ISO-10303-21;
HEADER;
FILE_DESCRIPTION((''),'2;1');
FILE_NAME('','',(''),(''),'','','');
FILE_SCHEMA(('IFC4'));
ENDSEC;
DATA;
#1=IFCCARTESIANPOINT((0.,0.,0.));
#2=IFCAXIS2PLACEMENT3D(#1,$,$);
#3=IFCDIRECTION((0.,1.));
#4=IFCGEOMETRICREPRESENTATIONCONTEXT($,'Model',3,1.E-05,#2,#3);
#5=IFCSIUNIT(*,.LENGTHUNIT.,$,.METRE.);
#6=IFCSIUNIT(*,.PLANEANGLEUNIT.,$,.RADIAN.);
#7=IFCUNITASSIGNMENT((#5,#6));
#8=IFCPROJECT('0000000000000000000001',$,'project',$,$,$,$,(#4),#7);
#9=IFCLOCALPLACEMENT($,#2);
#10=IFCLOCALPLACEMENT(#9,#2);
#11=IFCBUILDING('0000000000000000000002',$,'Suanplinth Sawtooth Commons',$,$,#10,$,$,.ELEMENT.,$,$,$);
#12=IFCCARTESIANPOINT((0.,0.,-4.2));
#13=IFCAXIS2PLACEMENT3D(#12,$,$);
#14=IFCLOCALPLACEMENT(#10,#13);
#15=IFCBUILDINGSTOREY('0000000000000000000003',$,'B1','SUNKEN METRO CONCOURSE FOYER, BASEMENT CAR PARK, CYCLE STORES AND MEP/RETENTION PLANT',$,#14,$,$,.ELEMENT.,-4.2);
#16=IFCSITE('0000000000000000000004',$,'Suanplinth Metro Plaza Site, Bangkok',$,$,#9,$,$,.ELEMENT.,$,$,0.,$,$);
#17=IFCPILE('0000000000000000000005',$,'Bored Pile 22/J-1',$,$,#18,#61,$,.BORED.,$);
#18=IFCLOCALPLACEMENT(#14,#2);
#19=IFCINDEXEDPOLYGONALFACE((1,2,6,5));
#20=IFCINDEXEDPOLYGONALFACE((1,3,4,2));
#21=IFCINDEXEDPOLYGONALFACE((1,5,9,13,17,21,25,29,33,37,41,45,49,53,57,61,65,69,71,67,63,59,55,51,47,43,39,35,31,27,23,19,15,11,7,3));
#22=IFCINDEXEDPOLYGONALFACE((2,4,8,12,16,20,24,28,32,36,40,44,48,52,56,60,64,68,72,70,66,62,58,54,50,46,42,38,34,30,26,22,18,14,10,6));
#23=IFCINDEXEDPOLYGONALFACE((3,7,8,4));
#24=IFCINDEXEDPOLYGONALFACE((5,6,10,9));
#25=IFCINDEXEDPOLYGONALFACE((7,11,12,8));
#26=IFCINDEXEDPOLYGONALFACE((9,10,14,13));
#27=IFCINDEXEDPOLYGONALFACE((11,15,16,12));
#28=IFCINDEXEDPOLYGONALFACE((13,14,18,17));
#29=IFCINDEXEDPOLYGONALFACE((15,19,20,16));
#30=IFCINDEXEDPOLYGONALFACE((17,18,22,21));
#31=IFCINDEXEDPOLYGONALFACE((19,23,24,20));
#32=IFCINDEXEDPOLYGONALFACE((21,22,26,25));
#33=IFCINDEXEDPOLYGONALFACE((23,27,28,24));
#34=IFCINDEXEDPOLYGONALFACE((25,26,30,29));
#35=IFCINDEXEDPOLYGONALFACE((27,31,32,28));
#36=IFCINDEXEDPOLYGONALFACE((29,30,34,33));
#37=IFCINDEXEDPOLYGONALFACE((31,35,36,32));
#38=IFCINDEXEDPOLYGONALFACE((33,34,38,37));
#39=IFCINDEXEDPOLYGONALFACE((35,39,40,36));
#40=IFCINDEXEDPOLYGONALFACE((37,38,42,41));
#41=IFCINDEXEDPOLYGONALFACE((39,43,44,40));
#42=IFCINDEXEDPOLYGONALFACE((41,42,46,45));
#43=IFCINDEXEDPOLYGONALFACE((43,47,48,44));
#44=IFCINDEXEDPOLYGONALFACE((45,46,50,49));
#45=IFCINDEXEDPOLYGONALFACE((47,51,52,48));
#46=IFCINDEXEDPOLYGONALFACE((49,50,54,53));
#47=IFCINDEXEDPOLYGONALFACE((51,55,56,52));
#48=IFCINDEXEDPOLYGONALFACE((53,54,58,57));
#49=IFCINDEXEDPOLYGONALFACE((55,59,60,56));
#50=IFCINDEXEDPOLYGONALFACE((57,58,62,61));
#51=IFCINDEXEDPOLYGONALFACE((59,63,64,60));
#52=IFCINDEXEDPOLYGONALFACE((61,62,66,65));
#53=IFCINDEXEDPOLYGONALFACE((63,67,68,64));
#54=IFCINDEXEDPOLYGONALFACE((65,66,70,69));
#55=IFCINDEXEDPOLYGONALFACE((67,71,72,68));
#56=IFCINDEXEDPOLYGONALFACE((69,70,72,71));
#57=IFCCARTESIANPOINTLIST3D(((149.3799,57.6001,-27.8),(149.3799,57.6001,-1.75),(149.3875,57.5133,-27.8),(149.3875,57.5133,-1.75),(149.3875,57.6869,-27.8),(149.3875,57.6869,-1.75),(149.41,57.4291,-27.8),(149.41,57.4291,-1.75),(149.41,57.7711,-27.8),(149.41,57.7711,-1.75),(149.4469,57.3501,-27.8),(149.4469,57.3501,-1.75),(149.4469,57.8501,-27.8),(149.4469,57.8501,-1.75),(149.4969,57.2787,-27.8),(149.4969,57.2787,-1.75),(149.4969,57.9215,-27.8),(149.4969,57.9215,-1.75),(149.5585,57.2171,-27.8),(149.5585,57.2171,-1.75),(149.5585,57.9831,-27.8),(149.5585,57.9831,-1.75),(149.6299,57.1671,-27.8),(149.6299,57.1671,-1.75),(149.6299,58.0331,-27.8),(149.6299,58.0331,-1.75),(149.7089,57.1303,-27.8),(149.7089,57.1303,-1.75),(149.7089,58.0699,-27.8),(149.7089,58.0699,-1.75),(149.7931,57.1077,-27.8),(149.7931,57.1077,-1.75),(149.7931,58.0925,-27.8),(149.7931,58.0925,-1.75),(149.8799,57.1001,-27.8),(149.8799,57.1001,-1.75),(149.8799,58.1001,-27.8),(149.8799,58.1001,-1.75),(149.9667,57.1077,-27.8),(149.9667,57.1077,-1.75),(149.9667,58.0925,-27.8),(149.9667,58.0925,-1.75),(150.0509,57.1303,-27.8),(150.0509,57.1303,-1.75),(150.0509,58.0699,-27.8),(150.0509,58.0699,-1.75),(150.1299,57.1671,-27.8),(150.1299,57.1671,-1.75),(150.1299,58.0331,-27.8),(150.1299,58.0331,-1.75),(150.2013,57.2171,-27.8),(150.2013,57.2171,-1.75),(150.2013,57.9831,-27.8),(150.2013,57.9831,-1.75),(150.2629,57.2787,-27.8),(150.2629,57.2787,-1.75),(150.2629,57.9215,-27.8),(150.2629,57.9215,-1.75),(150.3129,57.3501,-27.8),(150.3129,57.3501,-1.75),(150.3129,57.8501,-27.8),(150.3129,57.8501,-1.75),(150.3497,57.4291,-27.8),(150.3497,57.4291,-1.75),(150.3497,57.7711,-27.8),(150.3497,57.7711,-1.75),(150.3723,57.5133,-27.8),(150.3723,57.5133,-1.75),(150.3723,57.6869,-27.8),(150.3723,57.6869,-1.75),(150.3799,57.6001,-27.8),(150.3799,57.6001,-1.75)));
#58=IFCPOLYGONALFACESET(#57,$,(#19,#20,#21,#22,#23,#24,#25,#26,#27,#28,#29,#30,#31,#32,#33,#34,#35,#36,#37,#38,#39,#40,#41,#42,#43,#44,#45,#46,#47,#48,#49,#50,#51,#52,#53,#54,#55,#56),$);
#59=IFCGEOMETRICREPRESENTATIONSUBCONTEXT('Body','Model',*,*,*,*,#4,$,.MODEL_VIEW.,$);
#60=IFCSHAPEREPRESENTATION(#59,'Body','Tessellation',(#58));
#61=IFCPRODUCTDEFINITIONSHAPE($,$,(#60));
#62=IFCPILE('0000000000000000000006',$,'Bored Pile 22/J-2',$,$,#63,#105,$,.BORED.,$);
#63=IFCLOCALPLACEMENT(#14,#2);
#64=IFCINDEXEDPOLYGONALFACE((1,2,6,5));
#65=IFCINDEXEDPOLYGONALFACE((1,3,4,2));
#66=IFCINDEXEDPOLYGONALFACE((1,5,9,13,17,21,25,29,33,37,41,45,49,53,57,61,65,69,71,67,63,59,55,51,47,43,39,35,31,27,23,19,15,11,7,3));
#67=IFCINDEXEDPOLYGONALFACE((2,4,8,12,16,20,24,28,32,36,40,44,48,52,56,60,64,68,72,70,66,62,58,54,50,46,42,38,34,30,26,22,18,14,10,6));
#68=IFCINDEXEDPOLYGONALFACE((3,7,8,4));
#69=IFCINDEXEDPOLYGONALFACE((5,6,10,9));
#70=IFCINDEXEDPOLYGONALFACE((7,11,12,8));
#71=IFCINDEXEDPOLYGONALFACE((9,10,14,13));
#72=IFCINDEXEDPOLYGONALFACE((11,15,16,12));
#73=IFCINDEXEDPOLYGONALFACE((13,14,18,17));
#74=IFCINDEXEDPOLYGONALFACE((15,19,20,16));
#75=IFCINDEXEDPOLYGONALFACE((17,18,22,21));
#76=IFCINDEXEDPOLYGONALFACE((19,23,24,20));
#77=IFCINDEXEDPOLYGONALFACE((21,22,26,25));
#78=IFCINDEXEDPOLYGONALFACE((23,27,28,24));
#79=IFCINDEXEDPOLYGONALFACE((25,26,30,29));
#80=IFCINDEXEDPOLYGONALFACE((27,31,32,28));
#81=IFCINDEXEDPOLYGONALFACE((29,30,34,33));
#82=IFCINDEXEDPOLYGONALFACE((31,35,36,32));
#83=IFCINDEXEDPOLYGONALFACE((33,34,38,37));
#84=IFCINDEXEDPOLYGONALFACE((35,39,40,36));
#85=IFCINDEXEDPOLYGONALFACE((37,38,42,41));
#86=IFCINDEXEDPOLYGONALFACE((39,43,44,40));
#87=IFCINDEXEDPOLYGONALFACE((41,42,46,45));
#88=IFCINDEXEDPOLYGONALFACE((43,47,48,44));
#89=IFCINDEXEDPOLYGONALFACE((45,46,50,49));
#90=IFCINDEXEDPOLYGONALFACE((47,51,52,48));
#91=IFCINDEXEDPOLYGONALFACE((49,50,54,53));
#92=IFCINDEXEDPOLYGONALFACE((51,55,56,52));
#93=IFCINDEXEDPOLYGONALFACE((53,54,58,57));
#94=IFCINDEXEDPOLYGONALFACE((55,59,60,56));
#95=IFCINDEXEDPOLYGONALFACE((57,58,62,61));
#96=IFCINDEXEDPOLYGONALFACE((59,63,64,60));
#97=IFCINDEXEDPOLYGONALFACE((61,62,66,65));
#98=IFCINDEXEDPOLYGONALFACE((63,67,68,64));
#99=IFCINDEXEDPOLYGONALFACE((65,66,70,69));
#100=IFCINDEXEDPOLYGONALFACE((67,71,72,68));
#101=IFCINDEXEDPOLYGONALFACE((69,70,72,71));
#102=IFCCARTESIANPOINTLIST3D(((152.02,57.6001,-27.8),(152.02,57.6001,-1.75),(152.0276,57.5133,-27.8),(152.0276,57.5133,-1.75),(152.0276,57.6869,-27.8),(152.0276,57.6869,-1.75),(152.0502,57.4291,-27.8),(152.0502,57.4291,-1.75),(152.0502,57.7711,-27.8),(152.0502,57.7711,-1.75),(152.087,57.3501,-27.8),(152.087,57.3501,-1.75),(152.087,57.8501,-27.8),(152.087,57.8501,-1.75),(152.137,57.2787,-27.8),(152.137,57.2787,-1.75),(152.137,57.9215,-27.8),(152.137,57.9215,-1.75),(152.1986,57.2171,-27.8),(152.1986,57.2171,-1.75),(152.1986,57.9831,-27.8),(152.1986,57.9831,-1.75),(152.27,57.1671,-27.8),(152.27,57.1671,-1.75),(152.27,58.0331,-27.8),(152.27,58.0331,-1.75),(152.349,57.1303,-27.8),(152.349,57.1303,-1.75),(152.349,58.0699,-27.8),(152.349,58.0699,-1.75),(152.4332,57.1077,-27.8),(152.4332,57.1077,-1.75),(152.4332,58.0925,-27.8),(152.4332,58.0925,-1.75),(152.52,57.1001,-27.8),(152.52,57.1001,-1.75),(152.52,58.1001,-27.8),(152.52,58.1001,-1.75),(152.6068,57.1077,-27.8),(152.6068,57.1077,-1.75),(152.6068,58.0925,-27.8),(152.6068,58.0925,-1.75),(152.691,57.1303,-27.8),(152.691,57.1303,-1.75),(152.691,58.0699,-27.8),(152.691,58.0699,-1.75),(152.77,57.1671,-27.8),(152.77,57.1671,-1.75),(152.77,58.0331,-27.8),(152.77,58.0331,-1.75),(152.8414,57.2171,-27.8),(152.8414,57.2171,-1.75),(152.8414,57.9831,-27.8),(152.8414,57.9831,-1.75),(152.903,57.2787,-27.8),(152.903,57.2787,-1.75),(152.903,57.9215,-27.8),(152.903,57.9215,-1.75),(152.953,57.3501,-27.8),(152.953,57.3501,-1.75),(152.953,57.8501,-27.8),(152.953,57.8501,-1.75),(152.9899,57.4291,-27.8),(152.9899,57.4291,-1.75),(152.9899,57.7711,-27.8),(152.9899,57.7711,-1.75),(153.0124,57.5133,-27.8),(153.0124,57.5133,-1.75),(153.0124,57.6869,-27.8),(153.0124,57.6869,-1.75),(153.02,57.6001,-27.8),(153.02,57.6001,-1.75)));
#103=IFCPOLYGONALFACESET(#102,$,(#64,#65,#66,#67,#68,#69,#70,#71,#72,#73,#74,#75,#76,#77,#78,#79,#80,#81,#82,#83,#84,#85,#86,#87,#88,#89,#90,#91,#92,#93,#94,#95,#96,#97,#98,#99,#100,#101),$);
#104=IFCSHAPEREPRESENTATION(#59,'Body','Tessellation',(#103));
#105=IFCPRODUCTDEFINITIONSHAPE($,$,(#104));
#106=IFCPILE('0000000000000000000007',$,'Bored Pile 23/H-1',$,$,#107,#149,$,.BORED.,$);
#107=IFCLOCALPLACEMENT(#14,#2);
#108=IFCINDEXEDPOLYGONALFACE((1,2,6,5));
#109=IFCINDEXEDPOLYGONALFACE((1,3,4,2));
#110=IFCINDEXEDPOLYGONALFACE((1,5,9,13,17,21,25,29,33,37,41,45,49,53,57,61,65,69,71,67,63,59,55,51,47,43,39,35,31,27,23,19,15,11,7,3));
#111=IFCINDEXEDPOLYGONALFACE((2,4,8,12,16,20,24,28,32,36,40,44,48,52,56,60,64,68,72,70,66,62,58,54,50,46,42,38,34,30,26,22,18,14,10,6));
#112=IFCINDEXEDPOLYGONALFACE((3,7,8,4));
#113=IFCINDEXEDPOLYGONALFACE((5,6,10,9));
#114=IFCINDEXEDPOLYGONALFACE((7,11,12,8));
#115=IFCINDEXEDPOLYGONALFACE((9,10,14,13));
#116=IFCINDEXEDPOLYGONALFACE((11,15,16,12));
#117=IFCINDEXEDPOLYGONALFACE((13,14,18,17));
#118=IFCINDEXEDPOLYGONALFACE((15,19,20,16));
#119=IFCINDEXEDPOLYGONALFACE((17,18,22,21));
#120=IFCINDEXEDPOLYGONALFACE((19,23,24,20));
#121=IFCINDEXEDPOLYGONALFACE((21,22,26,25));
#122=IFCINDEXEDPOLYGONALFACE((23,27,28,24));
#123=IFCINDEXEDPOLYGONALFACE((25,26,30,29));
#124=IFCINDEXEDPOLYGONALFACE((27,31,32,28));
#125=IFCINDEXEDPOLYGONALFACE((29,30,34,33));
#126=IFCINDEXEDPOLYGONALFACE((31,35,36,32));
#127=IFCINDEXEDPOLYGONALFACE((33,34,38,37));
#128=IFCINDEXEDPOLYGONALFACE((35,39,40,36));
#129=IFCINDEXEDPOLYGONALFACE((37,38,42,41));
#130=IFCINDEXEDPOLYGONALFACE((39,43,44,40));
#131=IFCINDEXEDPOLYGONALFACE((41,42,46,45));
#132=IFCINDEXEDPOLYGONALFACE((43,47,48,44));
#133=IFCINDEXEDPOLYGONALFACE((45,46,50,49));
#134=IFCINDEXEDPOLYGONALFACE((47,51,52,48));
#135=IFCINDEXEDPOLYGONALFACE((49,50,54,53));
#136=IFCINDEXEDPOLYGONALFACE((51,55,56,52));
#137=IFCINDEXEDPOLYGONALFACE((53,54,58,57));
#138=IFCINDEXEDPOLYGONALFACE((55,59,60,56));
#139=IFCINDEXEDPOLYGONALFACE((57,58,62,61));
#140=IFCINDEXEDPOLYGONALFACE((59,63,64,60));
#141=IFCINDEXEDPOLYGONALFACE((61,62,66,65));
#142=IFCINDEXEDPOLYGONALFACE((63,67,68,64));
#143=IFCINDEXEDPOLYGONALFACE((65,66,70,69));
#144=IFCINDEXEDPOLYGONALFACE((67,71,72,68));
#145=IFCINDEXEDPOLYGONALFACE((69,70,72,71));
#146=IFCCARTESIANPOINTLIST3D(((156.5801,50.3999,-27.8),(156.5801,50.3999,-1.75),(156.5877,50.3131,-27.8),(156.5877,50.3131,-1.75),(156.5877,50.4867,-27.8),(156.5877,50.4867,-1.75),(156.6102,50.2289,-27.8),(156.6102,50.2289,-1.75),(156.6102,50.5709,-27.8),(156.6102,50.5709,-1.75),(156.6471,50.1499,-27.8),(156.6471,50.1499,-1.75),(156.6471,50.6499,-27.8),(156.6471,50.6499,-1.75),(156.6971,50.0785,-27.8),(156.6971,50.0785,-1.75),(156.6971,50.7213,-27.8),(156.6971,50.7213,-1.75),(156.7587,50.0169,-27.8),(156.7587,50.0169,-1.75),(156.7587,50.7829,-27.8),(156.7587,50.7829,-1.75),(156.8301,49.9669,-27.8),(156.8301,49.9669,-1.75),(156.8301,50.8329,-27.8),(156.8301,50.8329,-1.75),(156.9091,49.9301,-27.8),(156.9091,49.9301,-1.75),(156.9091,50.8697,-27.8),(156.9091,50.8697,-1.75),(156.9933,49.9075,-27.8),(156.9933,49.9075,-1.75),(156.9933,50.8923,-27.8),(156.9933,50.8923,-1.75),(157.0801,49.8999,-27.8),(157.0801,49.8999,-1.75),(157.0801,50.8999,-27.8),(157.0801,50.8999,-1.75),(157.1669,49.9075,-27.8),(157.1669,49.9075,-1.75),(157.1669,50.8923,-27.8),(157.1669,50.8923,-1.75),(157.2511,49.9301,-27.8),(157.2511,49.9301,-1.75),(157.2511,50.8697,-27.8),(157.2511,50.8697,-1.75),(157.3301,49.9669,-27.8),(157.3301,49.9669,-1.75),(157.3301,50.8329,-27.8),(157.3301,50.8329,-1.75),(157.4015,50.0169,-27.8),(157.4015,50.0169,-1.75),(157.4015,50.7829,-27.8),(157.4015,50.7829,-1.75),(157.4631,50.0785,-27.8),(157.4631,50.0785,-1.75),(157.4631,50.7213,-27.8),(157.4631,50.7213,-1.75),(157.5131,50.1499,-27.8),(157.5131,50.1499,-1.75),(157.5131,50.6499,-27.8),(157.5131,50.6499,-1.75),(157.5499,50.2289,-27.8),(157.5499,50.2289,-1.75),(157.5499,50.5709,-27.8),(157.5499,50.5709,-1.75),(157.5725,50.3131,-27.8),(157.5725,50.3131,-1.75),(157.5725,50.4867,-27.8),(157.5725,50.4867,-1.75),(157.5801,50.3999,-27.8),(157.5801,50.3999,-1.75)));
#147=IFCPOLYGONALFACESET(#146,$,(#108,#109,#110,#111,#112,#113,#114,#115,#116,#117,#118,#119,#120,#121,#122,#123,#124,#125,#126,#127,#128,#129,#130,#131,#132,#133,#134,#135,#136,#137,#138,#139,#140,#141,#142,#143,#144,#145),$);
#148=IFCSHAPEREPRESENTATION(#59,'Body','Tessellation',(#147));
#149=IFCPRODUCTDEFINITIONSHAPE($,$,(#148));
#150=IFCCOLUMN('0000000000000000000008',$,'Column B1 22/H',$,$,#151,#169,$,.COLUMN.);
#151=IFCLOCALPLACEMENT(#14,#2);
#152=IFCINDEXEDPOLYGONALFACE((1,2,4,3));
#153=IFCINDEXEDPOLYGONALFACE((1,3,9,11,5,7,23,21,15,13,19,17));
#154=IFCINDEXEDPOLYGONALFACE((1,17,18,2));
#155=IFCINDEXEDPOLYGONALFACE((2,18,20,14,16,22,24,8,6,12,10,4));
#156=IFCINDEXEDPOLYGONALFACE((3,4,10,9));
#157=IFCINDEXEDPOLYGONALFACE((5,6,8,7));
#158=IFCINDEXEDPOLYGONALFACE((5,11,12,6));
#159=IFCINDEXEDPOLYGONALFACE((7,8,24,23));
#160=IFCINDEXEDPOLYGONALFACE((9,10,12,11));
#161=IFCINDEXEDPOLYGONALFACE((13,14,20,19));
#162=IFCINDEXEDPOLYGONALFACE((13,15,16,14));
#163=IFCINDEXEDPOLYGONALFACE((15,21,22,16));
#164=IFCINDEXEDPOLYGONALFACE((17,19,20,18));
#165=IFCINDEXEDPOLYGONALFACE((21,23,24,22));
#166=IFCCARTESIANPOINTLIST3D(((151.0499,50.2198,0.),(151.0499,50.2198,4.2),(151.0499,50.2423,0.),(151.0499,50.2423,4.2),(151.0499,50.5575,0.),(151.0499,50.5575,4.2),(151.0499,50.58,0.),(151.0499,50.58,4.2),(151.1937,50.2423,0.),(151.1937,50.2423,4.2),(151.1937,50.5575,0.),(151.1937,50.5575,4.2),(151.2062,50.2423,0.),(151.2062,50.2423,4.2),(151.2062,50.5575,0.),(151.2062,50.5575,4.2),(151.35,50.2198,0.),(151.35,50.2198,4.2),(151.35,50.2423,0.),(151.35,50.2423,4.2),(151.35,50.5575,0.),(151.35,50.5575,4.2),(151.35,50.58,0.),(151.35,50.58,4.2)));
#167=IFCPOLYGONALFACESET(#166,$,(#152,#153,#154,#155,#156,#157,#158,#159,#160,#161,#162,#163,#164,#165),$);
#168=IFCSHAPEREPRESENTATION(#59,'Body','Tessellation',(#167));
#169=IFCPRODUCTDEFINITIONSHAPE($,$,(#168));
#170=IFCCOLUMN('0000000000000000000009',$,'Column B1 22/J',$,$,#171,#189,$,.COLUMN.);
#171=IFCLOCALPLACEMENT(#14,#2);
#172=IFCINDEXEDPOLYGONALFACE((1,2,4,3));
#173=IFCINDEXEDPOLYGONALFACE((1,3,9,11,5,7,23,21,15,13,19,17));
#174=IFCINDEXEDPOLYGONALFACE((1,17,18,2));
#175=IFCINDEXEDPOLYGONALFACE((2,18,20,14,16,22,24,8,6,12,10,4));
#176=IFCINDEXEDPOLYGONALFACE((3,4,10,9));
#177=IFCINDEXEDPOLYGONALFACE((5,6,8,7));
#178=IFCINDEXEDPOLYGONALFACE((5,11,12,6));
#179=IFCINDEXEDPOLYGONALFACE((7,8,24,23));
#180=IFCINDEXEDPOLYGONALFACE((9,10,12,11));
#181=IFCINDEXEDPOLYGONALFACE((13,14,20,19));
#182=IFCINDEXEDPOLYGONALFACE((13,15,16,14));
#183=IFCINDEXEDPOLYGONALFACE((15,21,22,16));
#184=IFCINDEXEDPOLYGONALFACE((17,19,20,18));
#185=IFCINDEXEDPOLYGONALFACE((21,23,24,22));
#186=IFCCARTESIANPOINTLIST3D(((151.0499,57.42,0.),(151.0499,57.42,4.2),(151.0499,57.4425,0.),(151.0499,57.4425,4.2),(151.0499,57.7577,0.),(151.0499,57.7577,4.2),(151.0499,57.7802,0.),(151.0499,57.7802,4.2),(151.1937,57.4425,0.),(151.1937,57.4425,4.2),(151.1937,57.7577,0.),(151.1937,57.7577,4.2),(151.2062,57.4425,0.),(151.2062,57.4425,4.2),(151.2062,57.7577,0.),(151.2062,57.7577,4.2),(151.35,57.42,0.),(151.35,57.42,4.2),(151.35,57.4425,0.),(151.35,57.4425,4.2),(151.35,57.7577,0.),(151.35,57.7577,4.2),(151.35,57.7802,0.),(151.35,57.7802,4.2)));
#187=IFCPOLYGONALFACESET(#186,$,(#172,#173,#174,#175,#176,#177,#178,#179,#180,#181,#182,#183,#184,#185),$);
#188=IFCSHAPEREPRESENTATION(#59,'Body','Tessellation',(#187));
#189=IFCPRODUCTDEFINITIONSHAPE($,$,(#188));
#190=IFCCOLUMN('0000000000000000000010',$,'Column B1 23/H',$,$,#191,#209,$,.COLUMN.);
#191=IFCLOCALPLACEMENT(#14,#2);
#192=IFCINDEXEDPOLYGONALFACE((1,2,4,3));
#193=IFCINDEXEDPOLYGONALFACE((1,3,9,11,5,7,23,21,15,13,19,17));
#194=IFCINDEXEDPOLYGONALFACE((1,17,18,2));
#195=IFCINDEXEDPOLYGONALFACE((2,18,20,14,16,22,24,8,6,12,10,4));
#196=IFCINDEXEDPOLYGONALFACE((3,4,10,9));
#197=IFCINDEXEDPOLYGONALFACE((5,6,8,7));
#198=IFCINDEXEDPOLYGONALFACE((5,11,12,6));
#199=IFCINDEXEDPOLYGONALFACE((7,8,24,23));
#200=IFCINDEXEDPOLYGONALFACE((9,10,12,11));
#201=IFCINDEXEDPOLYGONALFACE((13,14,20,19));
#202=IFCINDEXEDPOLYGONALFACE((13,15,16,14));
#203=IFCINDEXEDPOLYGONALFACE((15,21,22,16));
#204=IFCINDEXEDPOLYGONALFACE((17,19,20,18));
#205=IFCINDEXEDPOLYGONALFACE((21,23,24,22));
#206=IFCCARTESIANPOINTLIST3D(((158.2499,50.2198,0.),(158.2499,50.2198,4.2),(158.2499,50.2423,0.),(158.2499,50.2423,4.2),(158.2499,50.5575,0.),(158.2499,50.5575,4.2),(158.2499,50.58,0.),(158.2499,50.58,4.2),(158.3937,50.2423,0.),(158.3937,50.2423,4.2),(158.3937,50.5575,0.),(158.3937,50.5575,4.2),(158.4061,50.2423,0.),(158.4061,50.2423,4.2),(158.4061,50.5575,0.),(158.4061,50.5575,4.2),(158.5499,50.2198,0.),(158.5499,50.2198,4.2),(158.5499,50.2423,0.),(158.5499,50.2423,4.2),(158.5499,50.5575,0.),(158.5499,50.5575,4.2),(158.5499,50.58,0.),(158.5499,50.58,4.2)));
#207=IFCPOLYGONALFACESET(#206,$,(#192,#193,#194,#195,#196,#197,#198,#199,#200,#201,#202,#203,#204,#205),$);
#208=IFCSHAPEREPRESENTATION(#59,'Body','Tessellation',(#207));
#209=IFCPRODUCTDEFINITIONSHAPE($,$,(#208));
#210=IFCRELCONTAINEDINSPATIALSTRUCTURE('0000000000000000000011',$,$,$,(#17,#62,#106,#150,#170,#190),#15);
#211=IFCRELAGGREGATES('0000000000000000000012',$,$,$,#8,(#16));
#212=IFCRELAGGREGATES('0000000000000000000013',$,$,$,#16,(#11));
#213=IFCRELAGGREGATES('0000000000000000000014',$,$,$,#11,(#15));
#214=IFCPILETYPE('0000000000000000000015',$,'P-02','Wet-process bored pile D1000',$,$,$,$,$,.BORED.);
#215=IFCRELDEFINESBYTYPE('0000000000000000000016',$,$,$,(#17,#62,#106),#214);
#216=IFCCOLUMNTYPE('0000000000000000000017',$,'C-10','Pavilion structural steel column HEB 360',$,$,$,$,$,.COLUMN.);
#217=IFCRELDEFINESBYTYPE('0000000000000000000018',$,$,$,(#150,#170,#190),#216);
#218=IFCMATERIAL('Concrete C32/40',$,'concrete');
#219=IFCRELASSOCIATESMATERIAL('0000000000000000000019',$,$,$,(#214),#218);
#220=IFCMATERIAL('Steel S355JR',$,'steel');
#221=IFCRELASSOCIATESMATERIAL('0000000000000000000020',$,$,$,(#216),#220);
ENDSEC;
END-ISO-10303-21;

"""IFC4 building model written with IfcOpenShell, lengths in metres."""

from ifc_helpers import new_model, si_unit, direction, frame, origin, origin_2d, place, context, subcontext, project, spatial, circle, i_section, extrude, material, material_profile, profile_set, type_object, element, save


model = new_model("IFC4")

# Units and contexts
model_context = context("Model", 3, precision=1e-05, world=origin(), true_north=direction((0.0, 1.0)))
body_context = subcontext(model_context, "Body", "Model", "MODEL_VIEW")
ifc_project = project(units=[si_unit("LENGTHUNIT", "METRE"), si_unit("PLANEANGLEUNIT", "RADIAN")], contexts=[model_context])

# Site, building, storey
site_placement = place(None, origin())
site = spatial("IfcSite", under=ifc_project, at=site_placement, Name="Suanplinth Metro Plaza Site, Bangkok", CompositionType="ELEMENT", RefElevation=0.0)
building_placement = place(site_placement, origin())
building = spatial("IfcBuilding", under=site, at=building_placement, Name="Suanplinth Sawtooth Commons", CompositionType="ELEMENT")
storey_placement = place(building_placement, frame((0.0, 0.0, -4.2)))
storey = spatial("IfcBuildingStorey", under=building, at=storey_placement, Name="B1", Description="SUNKEN METRO CONCOURSE FOYER, BASEMENT CAR PARK, CYCLE STORES AND MEP/RETENTION PLANT", CompositionType="ELEMENT", Elevation=-4.2)

# Piles
ifc_material_1 = material(Name="Concrete C32/40", Category="concrete")
ifc_material_profile_1 = material_profile(ifc_material_1, circle(Radius=0.5, at=origin_2d()), Name="PILE D1000")
ifc_profile_set_1 = profile_set([ifc_material_profile_1], Name="Concrete C32/40")
pile_type_1 = type_object("IfcPileType", Name="P-02", Description="Wet-process bored pile D1000", PredefinedType="BORED", material=ifc_profile_set_1)
for number, where, z_axis, x_axis, name in (
    (1, (149.8799, 57.6001, -1.75), (0.0, 0.0, -1.0), (1.0, 0.0, 0.0), "Bored Pile 22/J-1"),
    (2, (152.52, 57.6001, -1.75), (0.0, 0.0, -1.0), (1.0, 0.0, 0.0), "Bored Pile 22/J-2"),
    (3, (157.0801, 50.3999, -1.75), (0.0, 0.0, -1.0), (1.0, 0.0, 0.0), "Bored Pile 23/H-1"),
):
    element("IfcPile", number, at=place(storey_placement, frame(where, z_axis=z_axis, x_axis=x_axis)), inside=storey, type_object=pile_type_1, Name=name, PredefinedType="BORED", context=body_context, shape_type="SweptSolid", body=[
        extrude(circle(Radius=0.5, at=origin_2d()), origin(), (0.0, 0.0, 1.0), 26.05),
    ])

# Columns
ifc_material_2 = material(Name="Steel S355JR", Category="steel")
ifc_material_profile_2 = material_profile(ifc_material_2, i_section(OverallWidth=0.3, OverallDepth=0.3601, WebThickness=0.0125, FlangeThickness=0.0225, at=origin_2d()), Name="HEB 360")
ifc_profile_set_2 = profile_set([ifc_material_profile_2], Name="Steel S355JR")
column_type = type_object("IfcColumnType", Name="C-10", Description="Pavilion structural steel column HEB 360", PredefinedType="COLUMN", material=ifc_profile_set_2)
for number, where, z_axis, x_axis, name in (
    (4, (151.2, 50.3999, 0.0), (0.0, 0.0, 1.0), (1.0, 0.0, 0.0), "Column B1 22/H"),
    (5, (151.2, 57.6001, 0.0), (0.0, 0.0, 1.0), (1.0, 0.0, 0.0), "Column B1 22/J"),
    (6, (158.3999, 50.3999, 0.0), (0.0, 0.0, 1.0), (1.0, 0.0, 0.0), "Column B1 23/H"),
):
    element("IfcColumn", number, at=place(storey_placement, frame(where, z_axis=z_axis, x_axis=x_axis)), inside=storey, type_object=column_type, Name=name, PredefinedType="COLUMN", context=body_context, shape_type="SweptSolid", body=[
        extrude(i_section(OverallWidth=0.3, OverallDepth=0.3601, WebThickness=0.0125, FlangeThickness=0.0225, at=origin_2d()), origin(), (0.0, 0.0, 1.0), 4.2),
    ])

save(model, "model.ifc")
